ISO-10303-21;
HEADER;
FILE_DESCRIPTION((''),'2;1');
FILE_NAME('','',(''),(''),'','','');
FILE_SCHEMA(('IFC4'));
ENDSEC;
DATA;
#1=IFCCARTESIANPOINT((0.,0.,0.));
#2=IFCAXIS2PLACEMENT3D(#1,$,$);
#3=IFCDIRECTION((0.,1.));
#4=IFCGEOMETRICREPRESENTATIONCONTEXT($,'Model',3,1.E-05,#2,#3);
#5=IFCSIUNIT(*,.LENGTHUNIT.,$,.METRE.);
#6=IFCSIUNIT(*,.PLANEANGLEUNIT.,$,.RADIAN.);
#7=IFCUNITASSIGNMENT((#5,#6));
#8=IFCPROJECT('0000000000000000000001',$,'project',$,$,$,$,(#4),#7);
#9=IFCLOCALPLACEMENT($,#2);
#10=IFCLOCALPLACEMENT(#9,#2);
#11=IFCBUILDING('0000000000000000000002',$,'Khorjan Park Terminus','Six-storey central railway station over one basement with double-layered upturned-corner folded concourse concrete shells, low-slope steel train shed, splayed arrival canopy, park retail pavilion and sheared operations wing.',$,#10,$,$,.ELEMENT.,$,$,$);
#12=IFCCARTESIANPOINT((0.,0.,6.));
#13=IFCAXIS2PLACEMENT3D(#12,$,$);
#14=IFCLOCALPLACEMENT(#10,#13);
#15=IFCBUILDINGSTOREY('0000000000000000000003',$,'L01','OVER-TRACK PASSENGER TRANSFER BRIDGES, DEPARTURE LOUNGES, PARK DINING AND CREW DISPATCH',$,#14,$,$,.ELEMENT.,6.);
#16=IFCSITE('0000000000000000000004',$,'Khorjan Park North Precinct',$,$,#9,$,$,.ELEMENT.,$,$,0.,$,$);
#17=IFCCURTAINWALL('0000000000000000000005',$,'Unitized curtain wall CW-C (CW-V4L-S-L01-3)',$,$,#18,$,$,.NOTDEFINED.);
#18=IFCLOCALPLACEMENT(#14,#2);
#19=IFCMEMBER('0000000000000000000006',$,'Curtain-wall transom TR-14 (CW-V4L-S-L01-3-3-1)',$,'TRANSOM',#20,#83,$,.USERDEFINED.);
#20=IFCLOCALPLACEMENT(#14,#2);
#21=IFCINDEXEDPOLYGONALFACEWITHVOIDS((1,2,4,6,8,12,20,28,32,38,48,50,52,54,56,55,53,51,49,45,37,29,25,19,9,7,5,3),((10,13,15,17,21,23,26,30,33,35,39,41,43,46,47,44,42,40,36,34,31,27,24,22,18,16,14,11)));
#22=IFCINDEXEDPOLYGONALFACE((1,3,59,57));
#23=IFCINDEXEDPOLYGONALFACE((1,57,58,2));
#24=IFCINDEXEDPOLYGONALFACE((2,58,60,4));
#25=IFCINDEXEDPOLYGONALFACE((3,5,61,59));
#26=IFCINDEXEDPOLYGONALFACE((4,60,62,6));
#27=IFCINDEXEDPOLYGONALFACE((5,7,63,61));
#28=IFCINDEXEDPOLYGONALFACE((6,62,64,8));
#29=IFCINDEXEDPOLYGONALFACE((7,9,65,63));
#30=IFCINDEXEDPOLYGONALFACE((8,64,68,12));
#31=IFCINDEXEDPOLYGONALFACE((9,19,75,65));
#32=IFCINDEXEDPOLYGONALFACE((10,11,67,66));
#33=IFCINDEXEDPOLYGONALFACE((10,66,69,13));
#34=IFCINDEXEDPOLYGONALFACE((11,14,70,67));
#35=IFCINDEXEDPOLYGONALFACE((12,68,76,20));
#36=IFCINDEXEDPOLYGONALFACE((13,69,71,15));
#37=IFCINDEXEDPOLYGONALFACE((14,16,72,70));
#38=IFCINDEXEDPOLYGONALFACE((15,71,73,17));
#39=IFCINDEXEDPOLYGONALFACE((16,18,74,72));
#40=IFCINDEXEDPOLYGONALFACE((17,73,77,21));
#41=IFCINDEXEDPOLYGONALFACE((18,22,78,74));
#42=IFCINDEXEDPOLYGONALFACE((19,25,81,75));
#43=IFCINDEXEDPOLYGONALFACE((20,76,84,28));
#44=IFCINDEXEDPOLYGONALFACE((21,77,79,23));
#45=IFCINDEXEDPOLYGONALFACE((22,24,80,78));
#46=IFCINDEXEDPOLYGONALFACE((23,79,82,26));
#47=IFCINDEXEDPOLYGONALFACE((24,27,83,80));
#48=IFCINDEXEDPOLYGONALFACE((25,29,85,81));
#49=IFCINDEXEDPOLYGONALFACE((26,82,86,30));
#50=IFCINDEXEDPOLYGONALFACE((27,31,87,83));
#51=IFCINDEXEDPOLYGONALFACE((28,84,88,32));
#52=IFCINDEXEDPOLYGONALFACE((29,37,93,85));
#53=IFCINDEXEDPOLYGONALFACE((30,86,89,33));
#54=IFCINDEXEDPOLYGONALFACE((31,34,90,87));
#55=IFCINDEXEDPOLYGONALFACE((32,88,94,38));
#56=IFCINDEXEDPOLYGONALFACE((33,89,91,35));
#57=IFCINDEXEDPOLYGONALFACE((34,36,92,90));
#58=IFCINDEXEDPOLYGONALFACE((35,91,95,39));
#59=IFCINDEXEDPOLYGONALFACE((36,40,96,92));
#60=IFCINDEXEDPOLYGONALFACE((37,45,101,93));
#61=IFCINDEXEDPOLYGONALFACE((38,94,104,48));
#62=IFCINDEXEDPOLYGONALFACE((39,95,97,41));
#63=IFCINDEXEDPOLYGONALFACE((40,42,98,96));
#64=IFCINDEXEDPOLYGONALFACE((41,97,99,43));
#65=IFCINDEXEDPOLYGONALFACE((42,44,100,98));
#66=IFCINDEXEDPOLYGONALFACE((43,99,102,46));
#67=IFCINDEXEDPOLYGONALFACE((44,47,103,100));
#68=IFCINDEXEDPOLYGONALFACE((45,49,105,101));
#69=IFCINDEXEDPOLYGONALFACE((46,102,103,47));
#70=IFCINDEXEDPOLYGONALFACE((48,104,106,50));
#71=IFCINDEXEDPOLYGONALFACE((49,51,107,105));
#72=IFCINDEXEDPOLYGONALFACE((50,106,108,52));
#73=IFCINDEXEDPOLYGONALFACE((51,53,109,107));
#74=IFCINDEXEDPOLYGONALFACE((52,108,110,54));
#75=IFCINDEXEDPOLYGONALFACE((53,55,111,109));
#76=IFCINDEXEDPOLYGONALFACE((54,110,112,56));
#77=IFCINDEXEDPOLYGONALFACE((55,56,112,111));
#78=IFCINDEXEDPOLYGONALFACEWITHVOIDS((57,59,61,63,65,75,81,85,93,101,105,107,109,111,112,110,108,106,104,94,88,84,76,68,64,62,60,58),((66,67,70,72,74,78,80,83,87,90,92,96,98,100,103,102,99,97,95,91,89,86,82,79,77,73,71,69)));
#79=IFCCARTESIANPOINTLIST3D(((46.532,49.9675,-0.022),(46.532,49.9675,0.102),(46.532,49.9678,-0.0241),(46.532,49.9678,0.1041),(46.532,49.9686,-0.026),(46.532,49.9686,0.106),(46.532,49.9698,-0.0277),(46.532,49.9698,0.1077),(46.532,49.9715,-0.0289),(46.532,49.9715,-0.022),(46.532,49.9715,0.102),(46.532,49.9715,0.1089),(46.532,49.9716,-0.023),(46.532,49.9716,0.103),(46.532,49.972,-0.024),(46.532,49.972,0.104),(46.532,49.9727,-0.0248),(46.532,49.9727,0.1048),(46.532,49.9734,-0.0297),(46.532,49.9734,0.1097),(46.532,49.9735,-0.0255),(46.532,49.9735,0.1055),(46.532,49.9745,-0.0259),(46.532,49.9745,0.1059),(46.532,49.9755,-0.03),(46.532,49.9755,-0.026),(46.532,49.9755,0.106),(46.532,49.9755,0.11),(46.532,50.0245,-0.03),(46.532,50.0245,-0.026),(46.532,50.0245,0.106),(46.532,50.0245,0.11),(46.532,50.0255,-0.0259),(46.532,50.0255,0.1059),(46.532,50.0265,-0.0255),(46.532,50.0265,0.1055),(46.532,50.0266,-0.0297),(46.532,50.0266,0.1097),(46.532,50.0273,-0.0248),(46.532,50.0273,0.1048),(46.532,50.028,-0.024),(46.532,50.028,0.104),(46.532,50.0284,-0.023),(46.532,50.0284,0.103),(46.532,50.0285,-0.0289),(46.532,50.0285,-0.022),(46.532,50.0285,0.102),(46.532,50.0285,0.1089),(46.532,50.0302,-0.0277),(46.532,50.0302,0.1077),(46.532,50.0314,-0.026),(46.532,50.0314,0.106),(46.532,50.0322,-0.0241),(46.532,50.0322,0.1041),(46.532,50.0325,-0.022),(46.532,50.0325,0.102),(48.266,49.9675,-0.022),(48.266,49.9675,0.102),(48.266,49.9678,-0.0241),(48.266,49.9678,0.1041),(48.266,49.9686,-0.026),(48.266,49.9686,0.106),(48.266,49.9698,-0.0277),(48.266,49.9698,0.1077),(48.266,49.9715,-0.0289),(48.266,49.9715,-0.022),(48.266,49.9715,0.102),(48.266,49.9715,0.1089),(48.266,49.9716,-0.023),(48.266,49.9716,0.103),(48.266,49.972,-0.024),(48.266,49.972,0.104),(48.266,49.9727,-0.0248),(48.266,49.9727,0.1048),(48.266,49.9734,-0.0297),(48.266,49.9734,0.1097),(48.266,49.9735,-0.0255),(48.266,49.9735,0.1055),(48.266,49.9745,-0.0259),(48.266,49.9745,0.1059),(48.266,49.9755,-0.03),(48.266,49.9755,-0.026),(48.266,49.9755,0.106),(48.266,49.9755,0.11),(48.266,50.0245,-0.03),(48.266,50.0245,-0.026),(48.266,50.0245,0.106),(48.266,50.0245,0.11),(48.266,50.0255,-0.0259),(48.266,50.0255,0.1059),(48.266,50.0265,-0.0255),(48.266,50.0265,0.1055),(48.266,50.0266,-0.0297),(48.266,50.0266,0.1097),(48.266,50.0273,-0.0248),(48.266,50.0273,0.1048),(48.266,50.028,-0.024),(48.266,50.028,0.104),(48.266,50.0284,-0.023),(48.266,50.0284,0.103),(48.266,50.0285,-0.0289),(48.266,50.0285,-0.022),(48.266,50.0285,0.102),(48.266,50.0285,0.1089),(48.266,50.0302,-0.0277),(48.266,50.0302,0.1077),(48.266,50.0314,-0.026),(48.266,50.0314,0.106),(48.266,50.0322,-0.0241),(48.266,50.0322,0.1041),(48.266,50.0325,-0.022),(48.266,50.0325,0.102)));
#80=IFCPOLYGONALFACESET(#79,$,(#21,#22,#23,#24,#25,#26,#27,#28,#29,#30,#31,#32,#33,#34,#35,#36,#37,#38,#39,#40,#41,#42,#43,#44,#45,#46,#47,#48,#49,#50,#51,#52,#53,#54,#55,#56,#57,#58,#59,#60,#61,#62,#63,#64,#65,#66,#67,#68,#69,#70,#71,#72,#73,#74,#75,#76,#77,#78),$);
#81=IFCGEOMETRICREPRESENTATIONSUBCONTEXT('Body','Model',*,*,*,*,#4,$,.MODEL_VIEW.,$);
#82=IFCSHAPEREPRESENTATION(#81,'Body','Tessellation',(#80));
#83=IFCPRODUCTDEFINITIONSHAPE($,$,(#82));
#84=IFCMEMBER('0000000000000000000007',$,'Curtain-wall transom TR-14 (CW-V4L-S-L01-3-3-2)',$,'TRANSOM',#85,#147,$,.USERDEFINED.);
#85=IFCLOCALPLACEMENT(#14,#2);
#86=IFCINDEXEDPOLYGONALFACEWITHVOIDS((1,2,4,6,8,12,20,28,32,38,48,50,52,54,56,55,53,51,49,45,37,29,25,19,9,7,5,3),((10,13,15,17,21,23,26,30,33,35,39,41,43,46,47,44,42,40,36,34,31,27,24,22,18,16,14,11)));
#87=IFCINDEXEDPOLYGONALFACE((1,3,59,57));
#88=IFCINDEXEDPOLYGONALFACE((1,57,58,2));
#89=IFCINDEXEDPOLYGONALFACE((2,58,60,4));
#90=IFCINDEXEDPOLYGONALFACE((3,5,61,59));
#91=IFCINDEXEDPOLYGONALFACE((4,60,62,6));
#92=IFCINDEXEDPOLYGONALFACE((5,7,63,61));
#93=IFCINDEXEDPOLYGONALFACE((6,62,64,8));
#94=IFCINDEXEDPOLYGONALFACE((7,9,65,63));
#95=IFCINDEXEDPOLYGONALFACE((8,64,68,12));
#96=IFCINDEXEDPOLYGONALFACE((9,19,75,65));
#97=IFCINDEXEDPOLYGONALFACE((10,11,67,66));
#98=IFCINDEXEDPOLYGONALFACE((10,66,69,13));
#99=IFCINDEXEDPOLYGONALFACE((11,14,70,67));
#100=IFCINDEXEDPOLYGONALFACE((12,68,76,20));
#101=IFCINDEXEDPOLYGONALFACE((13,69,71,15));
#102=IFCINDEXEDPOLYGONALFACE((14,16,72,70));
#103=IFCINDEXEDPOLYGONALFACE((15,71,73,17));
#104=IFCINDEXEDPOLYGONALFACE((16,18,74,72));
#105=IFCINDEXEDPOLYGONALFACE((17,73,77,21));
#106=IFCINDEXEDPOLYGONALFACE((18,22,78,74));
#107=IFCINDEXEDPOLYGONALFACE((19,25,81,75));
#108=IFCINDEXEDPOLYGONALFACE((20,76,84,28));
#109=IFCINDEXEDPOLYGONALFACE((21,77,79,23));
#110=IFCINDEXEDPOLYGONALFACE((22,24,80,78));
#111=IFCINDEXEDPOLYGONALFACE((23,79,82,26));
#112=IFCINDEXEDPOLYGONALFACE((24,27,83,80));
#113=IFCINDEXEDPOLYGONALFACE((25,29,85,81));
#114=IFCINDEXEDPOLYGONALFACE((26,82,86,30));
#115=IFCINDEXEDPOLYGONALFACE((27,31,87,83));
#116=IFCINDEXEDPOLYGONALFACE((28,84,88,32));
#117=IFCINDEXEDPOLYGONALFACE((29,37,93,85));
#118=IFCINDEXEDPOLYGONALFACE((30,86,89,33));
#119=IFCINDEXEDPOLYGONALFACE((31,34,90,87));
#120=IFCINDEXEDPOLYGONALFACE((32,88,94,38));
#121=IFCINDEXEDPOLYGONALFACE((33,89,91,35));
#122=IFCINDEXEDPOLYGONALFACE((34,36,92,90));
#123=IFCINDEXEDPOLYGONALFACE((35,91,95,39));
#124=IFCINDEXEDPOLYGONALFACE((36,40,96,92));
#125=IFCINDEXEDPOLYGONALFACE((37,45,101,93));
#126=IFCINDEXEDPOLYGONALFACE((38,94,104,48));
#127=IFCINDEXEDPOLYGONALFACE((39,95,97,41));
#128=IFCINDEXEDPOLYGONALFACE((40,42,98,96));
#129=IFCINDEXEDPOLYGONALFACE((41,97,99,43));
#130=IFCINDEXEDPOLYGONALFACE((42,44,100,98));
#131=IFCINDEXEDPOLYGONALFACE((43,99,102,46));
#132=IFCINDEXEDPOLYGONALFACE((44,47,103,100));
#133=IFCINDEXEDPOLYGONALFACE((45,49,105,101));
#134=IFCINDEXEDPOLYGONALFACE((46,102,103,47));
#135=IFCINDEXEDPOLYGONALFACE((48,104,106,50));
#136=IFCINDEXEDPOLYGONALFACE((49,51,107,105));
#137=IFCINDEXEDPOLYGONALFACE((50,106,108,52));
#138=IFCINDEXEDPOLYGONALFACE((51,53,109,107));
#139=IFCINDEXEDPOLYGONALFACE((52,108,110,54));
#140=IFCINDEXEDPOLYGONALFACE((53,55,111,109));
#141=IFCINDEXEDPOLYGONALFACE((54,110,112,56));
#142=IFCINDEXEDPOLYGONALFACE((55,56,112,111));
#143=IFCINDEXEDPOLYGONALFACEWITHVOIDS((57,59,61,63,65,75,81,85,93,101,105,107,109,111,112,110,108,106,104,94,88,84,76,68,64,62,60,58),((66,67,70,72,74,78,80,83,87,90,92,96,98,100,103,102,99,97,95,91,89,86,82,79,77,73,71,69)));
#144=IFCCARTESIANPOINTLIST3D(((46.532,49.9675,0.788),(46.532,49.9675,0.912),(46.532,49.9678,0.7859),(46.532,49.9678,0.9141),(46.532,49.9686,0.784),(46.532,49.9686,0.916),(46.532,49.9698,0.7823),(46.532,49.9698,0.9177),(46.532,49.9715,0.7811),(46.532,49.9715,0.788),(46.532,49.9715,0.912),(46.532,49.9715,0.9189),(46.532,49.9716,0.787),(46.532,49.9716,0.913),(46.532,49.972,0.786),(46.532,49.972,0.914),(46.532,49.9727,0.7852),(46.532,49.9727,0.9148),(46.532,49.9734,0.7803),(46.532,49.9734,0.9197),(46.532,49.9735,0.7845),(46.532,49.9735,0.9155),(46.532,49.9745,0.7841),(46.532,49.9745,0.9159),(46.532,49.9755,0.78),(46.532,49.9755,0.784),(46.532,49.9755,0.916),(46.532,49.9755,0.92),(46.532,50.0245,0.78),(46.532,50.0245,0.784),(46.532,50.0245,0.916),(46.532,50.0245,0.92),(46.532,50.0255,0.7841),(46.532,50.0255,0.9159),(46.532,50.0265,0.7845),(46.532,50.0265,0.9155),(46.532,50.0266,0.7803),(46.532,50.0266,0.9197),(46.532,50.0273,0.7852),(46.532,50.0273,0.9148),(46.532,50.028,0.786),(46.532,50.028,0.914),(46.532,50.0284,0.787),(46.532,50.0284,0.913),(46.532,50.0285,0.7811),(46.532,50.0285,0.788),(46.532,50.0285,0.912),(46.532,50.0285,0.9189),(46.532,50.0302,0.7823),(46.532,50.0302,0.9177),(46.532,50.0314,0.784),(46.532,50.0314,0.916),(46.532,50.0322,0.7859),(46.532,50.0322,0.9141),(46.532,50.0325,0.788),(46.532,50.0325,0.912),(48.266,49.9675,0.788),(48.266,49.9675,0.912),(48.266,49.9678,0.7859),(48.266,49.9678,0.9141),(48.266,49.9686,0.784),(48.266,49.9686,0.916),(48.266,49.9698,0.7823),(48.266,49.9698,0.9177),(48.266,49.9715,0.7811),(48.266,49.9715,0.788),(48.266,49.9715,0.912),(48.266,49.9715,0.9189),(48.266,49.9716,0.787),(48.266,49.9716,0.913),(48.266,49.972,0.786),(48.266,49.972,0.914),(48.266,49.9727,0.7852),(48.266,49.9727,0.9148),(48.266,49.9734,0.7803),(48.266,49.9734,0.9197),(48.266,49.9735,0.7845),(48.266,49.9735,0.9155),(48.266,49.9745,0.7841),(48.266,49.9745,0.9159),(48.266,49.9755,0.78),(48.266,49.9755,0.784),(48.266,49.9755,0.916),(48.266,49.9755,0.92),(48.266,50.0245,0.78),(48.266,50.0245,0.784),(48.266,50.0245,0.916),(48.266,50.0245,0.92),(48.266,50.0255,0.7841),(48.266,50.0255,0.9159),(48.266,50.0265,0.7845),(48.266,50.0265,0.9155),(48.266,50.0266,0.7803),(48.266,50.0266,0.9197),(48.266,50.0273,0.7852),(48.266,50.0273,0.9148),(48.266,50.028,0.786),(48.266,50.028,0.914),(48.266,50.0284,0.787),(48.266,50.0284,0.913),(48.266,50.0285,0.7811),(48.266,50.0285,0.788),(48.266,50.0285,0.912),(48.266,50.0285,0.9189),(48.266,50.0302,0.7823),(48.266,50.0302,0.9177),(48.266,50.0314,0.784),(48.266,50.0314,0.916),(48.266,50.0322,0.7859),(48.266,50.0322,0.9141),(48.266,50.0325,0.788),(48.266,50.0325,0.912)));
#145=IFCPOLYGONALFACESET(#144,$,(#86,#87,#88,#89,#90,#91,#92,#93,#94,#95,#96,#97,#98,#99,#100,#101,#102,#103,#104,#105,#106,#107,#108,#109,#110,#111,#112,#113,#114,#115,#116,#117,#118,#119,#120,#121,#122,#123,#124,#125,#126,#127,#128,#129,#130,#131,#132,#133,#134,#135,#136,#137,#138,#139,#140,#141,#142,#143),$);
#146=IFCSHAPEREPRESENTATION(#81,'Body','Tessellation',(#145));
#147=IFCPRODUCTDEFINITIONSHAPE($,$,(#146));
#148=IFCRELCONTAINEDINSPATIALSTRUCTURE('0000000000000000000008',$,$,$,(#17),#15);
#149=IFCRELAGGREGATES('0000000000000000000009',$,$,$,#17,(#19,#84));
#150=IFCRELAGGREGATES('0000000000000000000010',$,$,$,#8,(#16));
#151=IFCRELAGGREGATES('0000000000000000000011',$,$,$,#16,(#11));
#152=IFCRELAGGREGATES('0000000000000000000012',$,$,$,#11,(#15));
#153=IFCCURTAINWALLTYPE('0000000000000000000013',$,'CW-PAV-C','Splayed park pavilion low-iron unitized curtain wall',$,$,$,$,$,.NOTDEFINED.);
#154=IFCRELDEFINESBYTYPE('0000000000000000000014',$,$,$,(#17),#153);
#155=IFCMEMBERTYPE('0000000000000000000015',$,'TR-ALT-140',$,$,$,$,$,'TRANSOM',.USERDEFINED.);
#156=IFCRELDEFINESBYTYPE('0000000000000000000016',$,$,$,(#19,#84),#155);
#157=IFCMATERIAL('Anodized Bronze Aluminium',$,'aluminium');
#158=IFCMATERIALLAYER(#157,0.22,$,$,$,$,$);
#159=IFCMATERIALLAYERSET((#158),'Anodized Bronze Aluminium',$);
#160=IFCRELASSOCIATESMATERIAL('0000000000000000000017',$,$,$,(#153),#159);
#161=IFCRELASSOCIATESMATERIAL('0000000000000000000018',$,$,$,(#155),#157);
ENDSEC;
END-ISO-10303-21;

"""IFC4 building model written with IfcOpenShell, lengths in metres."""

from ifc_helpers import new_model, si_unit, direction, frame, origin, origin_2d, place, context, subcontext, project, spatial, hollow_rectangle, extrude, material, layer, layer_set, material_profile, profile_set, type_object, element, aggregate, save


model = new_model("IFC4")

# Units and contexts
model_context = context("Model", 3, precision=1e-05, world=origin(), true_north=direction((0.0, 1.0)))
body_context = subcontext(model_context, "Body", "Model", "MODEL_VIEW")
ifc_project = project(units=[si_unit("LENGTHUNIT", "METRE"), si_unit("PLANEANGLEUNIT", "RADIAN")], contexts=[model_context])

# Site, building, storey
site_placement = place(None, origin())
site = spatial("IfcSite", under=ifc_project, at=site_placement, Name="Khorjan Park North Precinct", CompositionType="ELEMENT", RefElevation=0.0)
building_placement = place(site_placement, origin())
building = spatial("IfcBuilding", under=site, at=building_placement, Name="Khorjan Park Terminus", Description="Six-storey central railway station over one basement with double-layered upturned-corner folded concourse concrete shells, low-slope steel train shed, splayed arrival canopy, park retail pavilion and sheared operations wing.", CompositionType="ELEMENT")
storey_placement = place(building_placement, frame((0.0, 0.0, 6.0)))
storey = spatial("IfcBuildingStorey", under=building, at=storey_placement, Name="L01", Description="OVER-TRACK PASSENGER TRANSFER BRIDGES, DEPARTURE LOUNGES, PARK DINING AND CREW DISPATCH", CompositionType="ELEMENT", Elevation=6.0)

# Curtain wall
ifc_material_1 = material(Name="Anodized Bronze Aluminium", Category="aluminium")
ifc_layer_1 = layer(ifc_material_1, 0.22)
ifc_layer_set_1 = layer_set([ifc_layer_1], Name="Anodized Bronze Aluminium")
curtain_wall_type_1 = type_object("IfcCurtainWallType", Name="CW-PAV-C", Description="Splayed park pavilion low-iron unitized curtain wall", PredefinedType="NOTDEFINED", material=ifc_layer_set_1)
curtain_wall_1_placement = place(storey_placement, origin())
curtain_wall_1 = element("IfcCurtainWall", 1, at=curtain_wall_1_placement, inside=storey, type_object=curtain_wall_type_1, Name="Unitized curtain wall CW-C (CW-V4L-S-L01-3)", PredefinedType="NOTDEFINED")

# Members
ifc_material_profile_1 = material_profile(ifc_material_1, hollow_rectangle(XDim=0.065, YDim=0.14, WallThickness=0.004, InnerFilletRadius=0.004, OuterFilletRadius=0.008, at=origin_2d()), Name="ALT 65x140x4")
ifc_profile_set_1 = profile_set([ifc_material_profile_1], Name="Anodized Bronze Aluminium")
member_type_1 = type_object("IfcMemberType", Name="TR-ALT-140", ElementType="TRANSOM", PredefinedType="USERDEFINED", material=ifc_profile_set_1)
member_1_placement = place(storey_placement, frame((46.532, 50.0, 0.04), z_axis=(1.0, 0.0, 0.0), x_axis=(0.0, 1.0, 0.0)))
member_1 = element("IfcMember", 2, at=member_1_placement, type_object=member_type_1, Name="Curtain-wall transom TR-14 (CW-V4L-S-L01-3-3-1)", ObjectType="TRANSOM", PredefinedType="USERDEFINED", context=body_context, shape_type="SweptSolid", body=[
    extrude(hollow_rectangle(XDim=0.065, YDim=0.14, WallThickness=0.004, InnerFilletRadius=0.004, OuterFilletRadius=0.008, at=origin_2d()), origin(), (0.0, 0.0, 1.0), 1.734),
])
member_2_placement = place(storey_placement, frame((46.532, 50.0, 0.85), z_axis=(1.0, 0.0, 0.0), x_axis=(0.0, 1.0, 0.0)))
member_2 = element("IfcMember", 3, at=member_2_placement, type_object=member_type_1, Name="Curtain-wall transom TR-14 (CW-V4L-S-L01-3-3-2)", ObjectType="TRANSOM", PredefinedType="USERDEFINED", context=body_context, shape_type="SweptSolid", body=[
    extrude(hollow_rectangle(XDim=0.065, YDim=0.14, WallThickness=0.004, InnerFilletRadius=0.004, OuterFilletRadius=0.008, at=origin_2d()), origin(), (0.0, 0.0, 1.0), 1.734),
])

aggregate(curtain_wall_1, [member_1, member_2])

save(model, "model.ifc")
